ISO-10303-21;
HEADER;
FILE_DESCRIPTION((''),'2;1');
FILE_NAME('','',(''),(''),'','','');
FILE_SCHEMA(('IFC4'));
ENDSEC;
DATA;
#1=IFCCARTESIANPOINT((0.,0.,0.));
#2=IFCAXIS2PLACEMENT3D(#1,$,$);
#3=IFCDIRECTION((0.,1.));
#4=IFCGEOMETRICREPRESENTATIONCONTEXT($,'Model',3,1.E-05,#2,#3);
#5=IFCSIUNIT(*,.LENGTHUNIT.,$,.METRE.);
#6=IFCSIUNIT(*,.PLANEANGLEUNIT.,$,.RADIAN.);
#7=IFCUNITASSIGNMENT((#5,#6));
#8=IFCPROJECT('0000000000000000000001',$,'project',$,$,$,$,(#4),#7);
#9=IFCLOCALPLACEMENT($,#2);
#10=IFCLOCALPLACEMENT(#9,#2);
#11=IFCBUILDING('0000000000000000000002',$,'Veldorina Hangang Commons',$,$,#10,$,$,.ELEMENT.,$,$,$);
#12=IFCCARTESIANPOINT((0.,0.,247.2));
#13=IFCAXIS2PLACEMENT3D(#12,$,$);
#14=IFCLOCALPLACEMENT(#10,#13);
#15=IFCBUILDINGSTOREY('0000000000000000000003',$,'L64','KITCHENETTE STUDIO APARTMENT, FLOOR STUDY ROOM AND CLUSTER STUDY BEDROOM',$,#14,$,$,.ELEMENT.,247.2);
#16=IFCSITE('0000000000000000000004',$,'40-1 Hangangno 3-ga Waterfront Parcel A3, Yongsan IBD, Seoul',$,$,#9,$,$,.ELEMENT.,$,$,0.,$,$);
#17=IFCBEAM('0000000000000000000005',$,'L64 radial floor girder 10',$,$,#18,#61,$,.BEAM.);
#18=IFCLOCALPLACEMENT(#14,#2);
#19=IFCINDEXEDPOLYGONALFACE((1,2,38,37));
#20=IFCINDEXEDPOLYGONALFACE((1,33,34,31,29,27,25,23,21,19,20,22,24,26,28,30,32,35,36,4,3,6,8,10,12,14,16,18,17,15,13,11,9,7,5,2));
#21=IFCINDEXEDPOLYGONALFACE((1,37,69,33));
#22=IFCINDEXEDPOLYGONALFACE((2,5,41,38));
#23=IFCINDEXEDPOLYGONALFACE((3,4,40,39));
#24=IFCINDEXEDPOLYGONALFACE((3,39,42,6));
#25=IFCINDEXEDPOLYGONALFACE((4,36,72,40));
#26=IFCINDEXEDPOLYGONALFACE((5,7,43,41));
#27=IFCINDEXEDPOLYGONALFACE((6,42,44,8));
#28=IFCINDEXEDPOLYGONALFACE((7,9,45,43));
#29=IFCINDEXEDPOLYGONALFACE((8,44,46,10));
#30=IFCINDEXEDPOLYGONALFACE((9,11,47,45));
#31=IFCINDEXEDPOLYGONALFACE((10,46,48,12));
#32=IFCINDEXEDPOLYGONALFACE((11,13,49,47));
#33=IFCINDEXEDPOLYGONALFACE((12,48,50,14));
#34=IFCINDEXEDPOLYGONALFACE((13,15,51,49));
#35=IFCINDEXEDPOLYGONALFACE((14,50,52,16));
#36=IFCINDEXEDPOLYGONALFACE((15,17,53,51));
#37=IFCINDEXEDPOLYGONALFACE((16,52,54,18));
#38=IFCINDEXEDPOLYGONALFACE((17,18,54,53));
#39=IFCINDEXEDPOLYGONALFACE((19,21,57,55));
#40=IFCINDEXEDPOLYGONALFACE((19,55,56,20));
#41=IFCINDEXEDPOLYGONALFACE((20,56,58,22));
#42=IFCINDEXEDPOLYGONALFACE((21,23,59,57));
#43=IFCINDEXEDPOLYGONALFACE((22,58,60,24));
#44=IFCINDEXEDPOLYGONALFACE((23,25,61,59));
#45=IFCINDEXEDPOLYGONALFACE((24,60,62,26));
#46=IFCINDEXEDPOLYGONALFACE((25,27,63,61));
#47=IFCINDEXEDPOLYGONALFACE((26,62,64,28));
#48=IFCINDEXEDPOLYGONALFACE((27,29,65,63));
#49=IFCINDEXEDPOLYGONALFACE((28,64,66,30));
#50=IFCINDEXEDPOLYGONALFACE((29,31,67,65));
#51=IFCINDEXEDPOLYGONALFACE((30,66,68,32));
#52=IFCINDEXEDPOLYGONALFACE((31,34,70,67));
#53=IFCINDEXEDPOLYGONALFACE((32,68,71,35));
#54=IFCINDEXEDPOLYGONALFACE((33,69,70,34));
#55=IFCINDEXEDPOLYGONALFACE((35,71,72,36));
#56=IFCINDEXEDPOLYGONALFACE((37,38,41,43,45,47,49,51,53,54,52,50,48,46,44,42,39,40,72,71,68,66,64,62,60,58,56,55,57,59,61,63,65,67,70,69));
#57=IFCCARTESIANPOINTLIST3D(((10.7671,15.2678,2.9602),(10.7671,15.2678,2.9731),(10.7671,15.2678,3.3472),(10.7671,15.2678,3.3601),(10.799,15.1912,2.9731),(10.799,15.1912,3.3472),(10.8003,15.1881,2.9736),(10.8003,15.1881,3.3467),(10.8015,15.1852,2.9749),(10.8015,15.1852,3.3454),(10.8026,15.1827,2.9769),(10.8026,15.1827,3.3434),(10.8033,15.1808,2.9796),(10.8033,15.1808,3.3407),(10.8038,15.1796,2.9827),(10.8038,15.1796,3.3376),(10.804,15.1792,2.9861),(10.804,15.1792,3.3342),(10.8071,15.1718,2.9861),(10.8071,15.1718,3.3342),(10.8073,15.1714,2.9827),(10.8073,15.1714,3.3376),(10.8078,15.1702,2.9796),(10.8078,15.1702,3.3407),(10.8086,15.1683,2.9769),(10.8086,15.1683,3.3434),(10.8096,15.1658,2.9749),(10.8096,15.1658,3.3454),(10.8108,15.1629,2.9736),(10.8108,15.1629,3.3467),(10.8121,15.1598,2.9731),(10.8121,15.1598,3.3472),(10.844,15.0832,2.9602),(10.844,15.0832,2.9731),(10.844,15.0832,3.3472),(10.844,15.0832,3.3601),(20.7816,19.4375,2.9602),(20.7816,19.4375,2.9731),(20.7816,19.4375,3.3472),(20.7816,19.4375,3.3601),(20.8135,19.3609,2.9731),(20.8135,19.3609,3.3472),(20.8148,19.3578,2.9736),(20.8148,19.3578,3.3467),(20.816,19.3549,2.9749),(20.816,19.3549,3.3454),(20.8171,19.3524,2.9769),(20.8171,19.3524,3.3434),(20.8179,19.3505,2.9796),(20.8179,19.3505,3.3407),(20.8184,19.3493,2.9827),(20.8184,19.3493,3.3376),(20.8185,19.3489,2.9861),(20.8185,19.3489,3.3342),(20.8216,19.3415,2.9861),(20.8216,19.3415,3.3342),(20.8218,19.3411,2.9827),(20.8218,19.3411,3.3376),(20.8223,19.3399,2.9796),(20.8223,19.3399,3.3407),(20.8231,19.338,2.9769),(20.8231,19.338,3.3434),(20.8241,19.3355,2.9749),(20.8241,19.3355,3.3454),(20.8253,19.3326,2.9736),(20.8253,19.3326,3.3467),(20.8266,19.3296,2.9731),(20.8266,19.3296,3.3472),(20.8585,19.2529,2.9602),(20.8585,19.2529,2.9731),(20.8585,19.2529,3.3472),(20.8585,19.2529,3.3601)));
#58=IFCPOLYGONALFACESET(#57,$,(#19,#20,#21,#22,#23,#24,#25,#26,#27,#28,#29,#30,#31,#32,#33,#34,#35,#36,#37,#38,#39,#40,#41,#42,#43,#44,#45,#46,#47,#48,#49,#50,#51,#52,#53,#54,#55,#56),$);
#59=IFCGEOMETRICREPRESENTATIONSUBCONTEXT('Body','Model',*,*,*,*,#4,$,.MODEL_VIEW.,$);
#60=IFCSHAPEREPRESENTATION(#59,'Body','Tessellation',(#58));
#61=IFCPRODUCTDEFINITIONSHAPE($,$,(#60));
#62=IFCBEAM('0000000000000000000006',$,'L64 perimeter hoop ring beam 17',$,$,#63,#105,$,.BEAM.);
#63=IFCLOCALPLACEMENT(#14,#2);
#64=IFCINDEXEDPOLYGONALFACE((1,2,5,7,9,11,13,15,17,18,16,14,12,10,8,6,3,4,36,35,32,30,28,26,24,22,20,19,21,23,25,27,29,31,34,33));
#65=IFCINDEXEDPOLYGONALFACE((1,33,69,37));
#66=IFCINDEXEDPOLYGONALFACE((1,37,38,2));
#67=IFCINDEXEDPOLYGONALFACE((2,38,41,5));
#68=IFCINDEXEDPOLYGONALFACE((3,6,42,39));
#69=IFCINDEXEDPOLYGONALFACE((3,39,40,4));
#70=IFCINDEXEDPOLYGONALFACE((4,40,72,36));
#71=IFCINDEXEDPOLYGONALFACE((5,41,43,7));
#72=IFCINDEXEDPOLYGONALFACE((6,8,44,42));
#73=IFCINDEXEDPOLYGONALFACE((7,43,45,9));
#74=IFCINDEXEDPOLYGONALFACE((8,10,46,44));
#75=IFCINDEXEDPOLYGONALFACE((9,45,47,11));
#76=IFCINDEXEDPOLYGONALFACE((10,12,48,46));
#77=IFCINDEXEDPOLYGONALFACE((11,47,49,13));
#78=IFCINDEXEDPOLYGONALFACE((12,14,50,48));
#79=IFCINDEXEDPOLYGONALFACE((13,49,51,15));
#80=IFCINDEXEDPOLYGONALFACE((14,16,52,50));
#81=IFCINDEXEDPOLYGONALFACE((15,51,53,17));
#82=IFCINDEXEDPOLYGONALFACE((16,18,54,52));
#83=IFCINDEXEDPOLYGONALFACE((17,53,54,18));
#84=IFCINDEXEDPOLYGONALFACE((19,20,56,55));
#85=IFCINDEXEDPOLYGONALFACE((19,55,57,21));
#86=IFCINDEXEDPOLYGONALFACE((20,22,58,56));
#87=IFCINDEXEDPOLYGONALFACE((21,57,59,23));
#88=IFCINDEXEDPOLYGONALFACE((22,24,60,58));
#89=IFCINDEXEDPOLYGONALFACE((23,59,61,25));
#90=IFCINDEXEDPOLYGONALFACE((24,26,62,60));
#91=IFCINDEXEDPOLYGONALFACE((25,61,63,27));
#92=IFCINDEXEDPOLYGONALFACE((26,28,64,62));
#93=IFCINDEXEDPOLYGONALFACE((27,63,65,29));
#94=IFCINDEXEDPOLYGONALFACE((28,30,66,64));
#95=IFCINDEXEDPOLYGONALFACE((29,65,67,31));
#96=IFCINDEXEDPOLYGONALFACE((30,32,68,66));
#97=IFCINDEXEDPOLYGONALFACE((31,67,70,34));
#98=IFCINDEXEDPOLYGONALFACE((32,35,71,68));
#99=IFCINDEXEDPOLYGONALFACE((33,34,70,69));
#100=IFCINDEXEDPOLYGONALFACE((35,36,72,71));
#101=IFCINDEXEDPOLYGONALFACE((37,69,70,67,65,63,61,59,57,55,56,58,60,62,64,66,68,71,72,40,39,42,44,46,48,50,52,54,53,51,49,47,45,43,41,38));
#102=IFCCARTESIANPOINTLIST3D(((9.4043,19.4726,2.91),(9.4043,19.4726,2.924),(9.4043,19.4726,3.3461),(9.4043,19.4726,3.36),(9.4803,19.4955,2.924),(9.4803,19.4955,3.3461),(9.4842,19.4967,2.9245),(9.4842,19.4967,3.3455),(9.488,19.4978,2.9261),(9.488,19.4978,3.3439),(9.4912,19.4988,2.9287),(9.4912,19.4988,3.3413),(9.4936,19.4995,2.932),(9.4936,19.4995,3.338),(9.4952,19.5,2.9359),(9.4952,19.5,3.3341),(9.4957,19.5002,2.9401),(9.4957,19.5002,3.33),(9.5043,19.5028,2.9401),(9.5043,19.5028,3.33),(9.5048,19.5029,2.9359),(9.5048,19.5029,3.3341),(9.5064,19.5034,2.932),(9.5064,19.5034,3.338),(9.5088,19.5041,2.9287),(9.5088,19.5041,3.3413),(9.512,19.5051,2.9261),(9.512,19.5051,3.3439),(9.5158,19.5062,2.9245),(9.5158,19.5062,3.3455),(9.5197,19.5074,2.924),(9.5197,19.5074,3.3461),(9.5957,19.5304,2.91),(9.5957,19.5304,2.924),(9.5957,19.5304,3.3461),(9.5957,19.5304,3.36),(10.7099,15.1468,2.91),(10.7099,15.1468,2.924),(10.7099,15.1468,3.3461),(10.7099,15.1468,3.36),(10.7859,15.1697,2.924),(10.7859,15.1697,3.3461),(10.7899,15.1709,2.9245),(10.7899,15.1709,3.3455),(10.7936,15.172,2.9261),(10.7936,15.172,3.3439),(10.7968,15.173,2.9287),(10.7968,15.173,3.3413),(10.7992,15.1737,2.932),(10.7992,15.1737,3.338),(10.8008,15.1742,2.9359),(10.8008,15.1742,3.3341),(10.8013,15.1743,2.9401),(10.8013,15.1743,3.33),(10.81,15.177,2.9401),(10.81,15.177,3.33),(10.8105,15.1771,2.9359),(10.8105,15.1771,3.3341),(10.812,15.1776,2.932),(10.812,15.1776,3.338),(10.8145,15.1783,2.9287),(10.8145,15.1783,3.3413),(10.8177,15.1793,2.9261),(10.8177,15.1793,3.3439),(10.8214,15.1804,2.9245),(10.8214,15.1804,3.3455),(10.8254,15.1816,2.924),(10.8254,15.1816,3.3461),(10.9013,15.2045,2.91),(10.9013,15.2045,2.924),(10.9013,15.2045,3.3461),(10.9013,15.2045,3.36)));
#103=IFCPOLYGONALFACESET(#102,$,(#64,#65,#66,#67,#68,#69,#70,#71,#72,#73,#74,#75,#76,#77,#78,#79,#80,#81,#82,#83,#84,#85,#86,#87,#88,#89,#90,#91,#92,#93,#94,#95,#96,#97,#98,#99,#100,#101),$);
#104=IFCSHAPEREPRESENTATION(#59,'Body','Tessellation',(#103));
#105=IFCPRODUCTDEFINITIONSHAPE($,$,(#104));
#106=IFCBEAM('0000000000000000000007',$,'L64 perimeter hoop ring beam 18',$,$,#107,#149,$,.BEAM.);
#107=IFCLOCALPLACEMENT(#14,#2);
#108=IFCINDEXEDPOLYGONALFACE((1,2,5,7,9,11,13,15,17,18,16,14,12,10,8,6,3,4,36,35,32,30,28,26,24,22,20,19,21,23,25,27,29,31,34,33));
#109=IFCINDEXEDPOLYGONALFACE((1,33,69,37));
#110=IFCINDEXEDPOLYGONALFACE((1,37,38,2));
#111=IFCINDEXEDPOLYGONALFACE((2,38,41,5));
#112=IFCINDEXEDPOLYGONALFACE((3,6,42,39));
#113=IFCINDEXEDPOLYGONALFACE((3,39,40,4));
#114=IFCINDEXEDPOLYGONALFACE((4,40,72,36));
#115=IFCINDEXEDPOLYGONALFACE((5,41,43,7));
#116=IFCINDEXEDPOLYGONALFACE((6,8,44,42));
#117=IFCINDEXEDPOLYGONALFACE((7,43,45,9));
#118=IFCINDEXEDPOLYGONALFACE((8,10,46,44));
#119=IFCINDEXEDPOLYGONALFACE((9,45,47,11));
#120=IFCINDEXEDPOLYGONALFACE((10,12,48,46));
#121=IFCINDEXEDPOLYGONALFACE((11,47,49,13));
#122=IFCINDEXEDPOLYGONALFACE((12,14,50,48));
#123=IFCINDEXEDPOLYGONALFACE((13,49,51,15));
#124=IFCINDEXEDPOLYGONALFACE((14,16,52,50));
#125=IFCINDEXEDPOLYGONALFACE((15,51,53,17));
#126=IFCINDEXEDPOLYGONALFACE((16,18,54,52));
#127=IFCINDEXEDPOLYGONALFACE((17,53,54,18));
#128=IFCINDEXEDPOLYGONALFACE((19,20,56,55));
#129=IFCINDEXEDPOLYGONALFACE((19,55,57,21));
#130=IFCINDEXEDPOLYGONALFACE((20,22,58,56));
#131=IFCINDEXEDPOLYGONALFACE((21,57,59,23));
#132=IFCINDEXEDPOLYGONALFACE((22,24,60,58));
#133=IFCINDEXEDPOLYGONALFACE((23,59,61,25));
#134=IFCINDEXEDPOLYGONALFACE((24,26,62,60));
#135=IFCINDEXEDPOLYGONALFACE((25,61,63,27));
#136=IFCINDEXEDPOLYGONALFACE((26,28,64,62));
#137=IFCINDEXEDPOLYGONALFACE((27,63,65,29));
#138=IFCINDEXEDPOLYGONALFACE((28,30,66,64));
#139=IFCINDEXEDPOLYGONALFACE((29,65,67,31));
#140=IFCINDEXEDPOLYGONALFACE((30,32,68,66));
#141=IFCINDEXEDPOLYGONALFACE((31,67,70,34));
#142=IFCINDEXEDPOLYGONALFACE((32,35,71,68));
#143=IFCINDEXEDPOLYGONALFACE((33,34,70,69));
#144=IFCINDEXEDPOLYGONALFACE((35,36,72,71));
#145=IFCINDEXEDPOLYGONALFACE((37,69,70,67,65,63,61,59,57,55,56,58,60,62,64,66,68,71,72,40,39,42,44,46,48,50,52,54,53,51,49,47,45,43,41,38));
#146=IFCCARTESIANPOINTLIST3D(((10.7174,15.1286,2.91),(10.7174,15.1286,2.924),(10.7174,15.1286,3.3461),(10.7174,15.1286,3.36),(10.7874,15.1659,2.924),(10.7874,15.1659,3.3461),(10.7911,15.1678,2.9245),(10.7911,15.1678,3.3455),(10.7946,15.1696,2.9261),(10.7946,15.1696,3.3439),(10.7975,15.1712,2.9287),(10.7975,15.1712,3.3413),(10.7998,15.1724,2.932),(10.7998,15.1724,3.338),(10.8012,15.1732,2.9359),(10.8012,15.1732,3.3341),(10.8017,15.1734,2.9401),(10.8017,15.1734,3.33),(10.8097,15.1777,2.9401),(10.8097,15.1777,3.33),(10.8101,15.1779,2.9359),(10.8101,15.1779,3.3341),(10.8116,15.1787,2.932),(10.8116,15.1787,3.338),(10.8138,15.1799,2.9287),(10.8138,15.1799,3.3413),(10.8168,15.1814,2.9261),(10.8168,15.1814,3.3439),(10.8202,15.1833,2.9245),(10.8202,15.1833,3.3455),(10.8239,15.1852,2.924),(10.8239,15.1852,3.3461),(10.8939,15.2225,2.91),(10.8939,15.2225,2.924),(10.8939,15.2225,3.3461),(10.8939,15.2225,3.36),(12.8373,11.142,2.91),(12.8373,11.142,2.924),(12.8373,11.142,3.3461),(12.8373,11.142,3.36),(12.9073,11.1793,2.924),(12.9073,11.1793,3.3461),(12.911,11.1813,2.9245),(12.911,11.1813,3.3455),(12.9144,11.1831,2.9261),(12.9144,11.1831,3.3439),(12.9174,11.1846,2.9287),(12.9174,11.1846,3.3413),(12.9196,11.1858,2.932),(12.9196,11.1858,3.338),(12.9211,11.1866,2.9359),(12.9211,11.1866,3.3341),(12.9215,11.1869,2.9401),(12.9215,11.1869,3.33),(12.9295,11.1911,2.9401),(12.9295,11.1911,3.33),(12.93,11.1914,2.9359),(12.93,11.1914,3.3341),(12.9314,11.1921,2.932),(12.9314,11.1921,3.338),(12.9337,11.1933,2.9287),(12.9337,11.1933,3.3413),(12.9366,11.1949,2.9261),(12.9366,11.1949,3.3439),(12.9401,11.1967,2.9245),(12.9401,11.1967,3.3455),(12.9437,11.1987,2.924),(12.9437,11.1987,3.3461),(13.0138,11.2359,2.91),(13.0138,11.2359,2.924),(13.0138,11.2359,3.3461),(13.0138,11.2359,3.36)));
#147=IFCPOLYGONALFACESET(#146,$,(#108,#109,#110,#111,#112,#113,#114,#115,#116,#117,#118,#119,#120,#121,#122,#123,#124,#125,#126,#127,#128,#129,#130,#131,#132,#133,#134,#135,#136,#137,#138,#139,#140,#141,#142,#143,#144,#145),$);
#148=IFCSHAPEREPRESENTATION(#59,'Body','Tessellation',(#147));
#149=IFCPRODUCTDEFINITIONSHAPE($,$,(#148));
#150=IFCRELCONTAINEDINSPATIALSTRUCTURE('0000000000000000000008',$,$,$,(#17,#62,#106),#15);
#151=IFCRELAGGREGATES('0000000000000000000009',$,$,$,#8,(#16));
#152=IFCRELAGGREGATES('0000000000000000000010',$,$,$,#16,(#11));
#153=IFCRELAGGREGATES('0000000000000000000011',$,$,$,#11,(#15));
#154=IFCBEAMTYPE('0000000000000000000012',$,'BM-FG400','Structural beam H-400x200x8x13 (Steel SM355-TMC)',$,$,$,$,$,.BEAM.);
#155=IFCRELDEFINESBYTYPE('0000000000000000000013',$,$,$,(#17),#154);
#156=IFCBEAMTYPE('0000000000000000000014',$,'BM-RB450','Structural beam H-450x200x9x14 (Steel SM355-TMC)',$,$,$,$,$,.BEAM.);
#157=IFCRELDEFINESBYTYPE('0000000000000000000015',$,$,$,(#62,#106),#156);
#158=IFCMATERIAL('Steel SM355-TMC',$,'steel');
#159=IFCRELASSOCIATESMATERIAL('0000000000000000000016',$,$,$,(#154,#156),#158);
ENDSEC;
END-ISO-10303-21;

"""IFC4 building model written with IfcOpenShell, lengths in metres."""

from ifc_helpers import new_model, si_unit, direction, frame, origin, origin_2d, place, context, subcontext, project, spatial, i_section, extrude, material, material_profile, profile_set, type_object, element, save


model = new_model("IFC4")

# Units and contexts
model_context = context("Model", 3, precision=1e-05, world=origin(), true_north=direction((0.0, 1.0)))
body_context = subcontext(model_context, "Body", "Model", "MODEL_VIEW")
ifc_project = project(units=[si_unit("LENGTHUNIT", "METRE"), si_unit("PLANEANGLEUNIT", "RADIAN")], contexts=[model_context])

# Site, building, storey
site_placement = place(None, origin())
site = spatial("IfcSite", under=ifc_project, at=site_placement, Name="40-1 Hangangno 3-ga Waterfront Parcel A3, Yongsan IBD, Seoul", CompositionType="ELEMENT", RefElevation=0.0)
building_placement = place(site_placement, origin())
building = spatial("IfcBuilding", under=site, at=building_placement, Name="Veldorina Hangang Commons", CompositionType="ELEMENT")
storey_placement = place(building_placement, frame((0.0, 0.0, 247.2)))
storey = spatial("IfcBuildingStorey", under=building, at=storey_placement, Name="L64", Description="KITCHENETTE STUDIO APARTMENT, FLOOR STUDY ROOM AND CLUSTER STUDY BEDROOM", CompositionType="ELEMENT", Elevation=247.2)

# Beams
ifc_material_1 = material(Name="Steel SM355-TMC", Category="steel")
ifc_material_profile_1 = material_profile(ifc_material_1, i_section(OverallWidth=0.2, OverallDepth=0.3999, WebThickness=0.0081, FlangeThickness=0.0129, FilletRadius=0.0129, at=origin_2d()), Name="H-400x200x8x13")
ifc_profile_set_1 = profile_set([ifc_material_profile_1], Name="Steel SM355-TMC")
beam_type_1 = type_object("IfcBeamType", Name="BM-FG400", Description="Structural beam H-400x200x8x13 (Steel SM355-TMC)", PredefinedType="BEAM", material=ifc_profile_set_1)
beam_1_placement = place(storey_placement, frame((20.8201, 19.3452, 3.1602), z_axis=(-0.923175, -0.38438, 0.0), x_axis=(0.38438, -0.923175, 0.0)))
element("IfcBeam", 1, at=beam_1_placement, inside=storey, type_object=beam_type_1, Name="L64 radial floor girder 10", PredefinedType="BEAM", context=body_context, shape_type="SweptSolid", body=[
    extrude(i_section(OverallWidth=0.2, OverallDepth=0.3999, WebThickness=0.0081, FlangeThickness=0.0129, FilletRadius=0.0129, at=origin_2d()), origin(), (0.0, 0.0, 1.0), 10.8479),
])
ifc_material_profile_2 = material_profile(ifc_material_1, i_section(OverallWidth=0.2, OverallDepth=0.45, WebThickness=0.009, FlangeThickness=0.0139, FilletRadius=0.0161, at=origin_2d()), Name="H-450x200x9x14")
ifc_profile_set_2 = profile_set([ifc_material_profile_2], Name="Steel SM355-TMC")
beam_type_2 = type_object("IfcBeamType", Name="BM-RB450", Description="Structural beam H-450x200x9x14 (Steel SM355-TMC)", PredefinedType="BEAM", material=ifc_profile_set_2)
beam_2_placement = place(storey_placement, frame((9.5, 19.5015, 3.135), z_axis=(0.288949, -0.957345, 0.0), x_axis=(0.957345, 0.288949, 0.0)))
element("IfcBeam", 2, at=beam_2_placement, inside=storey, type_object=beam_type_2, Name="L64 perimeter hoop ring beam 17", PredefinedType="BEAM", context=body_context, shape_type="SweptSolid", body=[
    extrude(i_section(OverallWidth=0.2, OverallDepth=0.45, WebThickness=0.009, FlangeThickness=0.0139, FilletRadius=0.0161, at=origin_2d()), origin(), (0.0, 0.0, 1.0), 4.5186),
])
beam_3_placement = place(storey_placement, frame((10.8057, 15.1755, 3.135), z_axis=(0.469502, -0.882932, 0.0), x_axis=(0.882932, 0.469502, 0.0)))
element("IfcBeam", 3, at=beam_3_placement, inside=storey, type_object=beam_type_2, Name="L64 perimeter hoop ring beam 18", PredefinedType="BEAM", context=body_context, shape_type="SweptSolid", body=[
    extrude(i_section(OverallWidth=0.2, OverallDepth=0.45, WebThickness=0.009, FlangeThickness=0.0139, FilletRadius=0.0161, at=origin_2d()), origin(), (0.0, 0.0, 1.0), 4.5151),
])

save(model, "model.ifc")
